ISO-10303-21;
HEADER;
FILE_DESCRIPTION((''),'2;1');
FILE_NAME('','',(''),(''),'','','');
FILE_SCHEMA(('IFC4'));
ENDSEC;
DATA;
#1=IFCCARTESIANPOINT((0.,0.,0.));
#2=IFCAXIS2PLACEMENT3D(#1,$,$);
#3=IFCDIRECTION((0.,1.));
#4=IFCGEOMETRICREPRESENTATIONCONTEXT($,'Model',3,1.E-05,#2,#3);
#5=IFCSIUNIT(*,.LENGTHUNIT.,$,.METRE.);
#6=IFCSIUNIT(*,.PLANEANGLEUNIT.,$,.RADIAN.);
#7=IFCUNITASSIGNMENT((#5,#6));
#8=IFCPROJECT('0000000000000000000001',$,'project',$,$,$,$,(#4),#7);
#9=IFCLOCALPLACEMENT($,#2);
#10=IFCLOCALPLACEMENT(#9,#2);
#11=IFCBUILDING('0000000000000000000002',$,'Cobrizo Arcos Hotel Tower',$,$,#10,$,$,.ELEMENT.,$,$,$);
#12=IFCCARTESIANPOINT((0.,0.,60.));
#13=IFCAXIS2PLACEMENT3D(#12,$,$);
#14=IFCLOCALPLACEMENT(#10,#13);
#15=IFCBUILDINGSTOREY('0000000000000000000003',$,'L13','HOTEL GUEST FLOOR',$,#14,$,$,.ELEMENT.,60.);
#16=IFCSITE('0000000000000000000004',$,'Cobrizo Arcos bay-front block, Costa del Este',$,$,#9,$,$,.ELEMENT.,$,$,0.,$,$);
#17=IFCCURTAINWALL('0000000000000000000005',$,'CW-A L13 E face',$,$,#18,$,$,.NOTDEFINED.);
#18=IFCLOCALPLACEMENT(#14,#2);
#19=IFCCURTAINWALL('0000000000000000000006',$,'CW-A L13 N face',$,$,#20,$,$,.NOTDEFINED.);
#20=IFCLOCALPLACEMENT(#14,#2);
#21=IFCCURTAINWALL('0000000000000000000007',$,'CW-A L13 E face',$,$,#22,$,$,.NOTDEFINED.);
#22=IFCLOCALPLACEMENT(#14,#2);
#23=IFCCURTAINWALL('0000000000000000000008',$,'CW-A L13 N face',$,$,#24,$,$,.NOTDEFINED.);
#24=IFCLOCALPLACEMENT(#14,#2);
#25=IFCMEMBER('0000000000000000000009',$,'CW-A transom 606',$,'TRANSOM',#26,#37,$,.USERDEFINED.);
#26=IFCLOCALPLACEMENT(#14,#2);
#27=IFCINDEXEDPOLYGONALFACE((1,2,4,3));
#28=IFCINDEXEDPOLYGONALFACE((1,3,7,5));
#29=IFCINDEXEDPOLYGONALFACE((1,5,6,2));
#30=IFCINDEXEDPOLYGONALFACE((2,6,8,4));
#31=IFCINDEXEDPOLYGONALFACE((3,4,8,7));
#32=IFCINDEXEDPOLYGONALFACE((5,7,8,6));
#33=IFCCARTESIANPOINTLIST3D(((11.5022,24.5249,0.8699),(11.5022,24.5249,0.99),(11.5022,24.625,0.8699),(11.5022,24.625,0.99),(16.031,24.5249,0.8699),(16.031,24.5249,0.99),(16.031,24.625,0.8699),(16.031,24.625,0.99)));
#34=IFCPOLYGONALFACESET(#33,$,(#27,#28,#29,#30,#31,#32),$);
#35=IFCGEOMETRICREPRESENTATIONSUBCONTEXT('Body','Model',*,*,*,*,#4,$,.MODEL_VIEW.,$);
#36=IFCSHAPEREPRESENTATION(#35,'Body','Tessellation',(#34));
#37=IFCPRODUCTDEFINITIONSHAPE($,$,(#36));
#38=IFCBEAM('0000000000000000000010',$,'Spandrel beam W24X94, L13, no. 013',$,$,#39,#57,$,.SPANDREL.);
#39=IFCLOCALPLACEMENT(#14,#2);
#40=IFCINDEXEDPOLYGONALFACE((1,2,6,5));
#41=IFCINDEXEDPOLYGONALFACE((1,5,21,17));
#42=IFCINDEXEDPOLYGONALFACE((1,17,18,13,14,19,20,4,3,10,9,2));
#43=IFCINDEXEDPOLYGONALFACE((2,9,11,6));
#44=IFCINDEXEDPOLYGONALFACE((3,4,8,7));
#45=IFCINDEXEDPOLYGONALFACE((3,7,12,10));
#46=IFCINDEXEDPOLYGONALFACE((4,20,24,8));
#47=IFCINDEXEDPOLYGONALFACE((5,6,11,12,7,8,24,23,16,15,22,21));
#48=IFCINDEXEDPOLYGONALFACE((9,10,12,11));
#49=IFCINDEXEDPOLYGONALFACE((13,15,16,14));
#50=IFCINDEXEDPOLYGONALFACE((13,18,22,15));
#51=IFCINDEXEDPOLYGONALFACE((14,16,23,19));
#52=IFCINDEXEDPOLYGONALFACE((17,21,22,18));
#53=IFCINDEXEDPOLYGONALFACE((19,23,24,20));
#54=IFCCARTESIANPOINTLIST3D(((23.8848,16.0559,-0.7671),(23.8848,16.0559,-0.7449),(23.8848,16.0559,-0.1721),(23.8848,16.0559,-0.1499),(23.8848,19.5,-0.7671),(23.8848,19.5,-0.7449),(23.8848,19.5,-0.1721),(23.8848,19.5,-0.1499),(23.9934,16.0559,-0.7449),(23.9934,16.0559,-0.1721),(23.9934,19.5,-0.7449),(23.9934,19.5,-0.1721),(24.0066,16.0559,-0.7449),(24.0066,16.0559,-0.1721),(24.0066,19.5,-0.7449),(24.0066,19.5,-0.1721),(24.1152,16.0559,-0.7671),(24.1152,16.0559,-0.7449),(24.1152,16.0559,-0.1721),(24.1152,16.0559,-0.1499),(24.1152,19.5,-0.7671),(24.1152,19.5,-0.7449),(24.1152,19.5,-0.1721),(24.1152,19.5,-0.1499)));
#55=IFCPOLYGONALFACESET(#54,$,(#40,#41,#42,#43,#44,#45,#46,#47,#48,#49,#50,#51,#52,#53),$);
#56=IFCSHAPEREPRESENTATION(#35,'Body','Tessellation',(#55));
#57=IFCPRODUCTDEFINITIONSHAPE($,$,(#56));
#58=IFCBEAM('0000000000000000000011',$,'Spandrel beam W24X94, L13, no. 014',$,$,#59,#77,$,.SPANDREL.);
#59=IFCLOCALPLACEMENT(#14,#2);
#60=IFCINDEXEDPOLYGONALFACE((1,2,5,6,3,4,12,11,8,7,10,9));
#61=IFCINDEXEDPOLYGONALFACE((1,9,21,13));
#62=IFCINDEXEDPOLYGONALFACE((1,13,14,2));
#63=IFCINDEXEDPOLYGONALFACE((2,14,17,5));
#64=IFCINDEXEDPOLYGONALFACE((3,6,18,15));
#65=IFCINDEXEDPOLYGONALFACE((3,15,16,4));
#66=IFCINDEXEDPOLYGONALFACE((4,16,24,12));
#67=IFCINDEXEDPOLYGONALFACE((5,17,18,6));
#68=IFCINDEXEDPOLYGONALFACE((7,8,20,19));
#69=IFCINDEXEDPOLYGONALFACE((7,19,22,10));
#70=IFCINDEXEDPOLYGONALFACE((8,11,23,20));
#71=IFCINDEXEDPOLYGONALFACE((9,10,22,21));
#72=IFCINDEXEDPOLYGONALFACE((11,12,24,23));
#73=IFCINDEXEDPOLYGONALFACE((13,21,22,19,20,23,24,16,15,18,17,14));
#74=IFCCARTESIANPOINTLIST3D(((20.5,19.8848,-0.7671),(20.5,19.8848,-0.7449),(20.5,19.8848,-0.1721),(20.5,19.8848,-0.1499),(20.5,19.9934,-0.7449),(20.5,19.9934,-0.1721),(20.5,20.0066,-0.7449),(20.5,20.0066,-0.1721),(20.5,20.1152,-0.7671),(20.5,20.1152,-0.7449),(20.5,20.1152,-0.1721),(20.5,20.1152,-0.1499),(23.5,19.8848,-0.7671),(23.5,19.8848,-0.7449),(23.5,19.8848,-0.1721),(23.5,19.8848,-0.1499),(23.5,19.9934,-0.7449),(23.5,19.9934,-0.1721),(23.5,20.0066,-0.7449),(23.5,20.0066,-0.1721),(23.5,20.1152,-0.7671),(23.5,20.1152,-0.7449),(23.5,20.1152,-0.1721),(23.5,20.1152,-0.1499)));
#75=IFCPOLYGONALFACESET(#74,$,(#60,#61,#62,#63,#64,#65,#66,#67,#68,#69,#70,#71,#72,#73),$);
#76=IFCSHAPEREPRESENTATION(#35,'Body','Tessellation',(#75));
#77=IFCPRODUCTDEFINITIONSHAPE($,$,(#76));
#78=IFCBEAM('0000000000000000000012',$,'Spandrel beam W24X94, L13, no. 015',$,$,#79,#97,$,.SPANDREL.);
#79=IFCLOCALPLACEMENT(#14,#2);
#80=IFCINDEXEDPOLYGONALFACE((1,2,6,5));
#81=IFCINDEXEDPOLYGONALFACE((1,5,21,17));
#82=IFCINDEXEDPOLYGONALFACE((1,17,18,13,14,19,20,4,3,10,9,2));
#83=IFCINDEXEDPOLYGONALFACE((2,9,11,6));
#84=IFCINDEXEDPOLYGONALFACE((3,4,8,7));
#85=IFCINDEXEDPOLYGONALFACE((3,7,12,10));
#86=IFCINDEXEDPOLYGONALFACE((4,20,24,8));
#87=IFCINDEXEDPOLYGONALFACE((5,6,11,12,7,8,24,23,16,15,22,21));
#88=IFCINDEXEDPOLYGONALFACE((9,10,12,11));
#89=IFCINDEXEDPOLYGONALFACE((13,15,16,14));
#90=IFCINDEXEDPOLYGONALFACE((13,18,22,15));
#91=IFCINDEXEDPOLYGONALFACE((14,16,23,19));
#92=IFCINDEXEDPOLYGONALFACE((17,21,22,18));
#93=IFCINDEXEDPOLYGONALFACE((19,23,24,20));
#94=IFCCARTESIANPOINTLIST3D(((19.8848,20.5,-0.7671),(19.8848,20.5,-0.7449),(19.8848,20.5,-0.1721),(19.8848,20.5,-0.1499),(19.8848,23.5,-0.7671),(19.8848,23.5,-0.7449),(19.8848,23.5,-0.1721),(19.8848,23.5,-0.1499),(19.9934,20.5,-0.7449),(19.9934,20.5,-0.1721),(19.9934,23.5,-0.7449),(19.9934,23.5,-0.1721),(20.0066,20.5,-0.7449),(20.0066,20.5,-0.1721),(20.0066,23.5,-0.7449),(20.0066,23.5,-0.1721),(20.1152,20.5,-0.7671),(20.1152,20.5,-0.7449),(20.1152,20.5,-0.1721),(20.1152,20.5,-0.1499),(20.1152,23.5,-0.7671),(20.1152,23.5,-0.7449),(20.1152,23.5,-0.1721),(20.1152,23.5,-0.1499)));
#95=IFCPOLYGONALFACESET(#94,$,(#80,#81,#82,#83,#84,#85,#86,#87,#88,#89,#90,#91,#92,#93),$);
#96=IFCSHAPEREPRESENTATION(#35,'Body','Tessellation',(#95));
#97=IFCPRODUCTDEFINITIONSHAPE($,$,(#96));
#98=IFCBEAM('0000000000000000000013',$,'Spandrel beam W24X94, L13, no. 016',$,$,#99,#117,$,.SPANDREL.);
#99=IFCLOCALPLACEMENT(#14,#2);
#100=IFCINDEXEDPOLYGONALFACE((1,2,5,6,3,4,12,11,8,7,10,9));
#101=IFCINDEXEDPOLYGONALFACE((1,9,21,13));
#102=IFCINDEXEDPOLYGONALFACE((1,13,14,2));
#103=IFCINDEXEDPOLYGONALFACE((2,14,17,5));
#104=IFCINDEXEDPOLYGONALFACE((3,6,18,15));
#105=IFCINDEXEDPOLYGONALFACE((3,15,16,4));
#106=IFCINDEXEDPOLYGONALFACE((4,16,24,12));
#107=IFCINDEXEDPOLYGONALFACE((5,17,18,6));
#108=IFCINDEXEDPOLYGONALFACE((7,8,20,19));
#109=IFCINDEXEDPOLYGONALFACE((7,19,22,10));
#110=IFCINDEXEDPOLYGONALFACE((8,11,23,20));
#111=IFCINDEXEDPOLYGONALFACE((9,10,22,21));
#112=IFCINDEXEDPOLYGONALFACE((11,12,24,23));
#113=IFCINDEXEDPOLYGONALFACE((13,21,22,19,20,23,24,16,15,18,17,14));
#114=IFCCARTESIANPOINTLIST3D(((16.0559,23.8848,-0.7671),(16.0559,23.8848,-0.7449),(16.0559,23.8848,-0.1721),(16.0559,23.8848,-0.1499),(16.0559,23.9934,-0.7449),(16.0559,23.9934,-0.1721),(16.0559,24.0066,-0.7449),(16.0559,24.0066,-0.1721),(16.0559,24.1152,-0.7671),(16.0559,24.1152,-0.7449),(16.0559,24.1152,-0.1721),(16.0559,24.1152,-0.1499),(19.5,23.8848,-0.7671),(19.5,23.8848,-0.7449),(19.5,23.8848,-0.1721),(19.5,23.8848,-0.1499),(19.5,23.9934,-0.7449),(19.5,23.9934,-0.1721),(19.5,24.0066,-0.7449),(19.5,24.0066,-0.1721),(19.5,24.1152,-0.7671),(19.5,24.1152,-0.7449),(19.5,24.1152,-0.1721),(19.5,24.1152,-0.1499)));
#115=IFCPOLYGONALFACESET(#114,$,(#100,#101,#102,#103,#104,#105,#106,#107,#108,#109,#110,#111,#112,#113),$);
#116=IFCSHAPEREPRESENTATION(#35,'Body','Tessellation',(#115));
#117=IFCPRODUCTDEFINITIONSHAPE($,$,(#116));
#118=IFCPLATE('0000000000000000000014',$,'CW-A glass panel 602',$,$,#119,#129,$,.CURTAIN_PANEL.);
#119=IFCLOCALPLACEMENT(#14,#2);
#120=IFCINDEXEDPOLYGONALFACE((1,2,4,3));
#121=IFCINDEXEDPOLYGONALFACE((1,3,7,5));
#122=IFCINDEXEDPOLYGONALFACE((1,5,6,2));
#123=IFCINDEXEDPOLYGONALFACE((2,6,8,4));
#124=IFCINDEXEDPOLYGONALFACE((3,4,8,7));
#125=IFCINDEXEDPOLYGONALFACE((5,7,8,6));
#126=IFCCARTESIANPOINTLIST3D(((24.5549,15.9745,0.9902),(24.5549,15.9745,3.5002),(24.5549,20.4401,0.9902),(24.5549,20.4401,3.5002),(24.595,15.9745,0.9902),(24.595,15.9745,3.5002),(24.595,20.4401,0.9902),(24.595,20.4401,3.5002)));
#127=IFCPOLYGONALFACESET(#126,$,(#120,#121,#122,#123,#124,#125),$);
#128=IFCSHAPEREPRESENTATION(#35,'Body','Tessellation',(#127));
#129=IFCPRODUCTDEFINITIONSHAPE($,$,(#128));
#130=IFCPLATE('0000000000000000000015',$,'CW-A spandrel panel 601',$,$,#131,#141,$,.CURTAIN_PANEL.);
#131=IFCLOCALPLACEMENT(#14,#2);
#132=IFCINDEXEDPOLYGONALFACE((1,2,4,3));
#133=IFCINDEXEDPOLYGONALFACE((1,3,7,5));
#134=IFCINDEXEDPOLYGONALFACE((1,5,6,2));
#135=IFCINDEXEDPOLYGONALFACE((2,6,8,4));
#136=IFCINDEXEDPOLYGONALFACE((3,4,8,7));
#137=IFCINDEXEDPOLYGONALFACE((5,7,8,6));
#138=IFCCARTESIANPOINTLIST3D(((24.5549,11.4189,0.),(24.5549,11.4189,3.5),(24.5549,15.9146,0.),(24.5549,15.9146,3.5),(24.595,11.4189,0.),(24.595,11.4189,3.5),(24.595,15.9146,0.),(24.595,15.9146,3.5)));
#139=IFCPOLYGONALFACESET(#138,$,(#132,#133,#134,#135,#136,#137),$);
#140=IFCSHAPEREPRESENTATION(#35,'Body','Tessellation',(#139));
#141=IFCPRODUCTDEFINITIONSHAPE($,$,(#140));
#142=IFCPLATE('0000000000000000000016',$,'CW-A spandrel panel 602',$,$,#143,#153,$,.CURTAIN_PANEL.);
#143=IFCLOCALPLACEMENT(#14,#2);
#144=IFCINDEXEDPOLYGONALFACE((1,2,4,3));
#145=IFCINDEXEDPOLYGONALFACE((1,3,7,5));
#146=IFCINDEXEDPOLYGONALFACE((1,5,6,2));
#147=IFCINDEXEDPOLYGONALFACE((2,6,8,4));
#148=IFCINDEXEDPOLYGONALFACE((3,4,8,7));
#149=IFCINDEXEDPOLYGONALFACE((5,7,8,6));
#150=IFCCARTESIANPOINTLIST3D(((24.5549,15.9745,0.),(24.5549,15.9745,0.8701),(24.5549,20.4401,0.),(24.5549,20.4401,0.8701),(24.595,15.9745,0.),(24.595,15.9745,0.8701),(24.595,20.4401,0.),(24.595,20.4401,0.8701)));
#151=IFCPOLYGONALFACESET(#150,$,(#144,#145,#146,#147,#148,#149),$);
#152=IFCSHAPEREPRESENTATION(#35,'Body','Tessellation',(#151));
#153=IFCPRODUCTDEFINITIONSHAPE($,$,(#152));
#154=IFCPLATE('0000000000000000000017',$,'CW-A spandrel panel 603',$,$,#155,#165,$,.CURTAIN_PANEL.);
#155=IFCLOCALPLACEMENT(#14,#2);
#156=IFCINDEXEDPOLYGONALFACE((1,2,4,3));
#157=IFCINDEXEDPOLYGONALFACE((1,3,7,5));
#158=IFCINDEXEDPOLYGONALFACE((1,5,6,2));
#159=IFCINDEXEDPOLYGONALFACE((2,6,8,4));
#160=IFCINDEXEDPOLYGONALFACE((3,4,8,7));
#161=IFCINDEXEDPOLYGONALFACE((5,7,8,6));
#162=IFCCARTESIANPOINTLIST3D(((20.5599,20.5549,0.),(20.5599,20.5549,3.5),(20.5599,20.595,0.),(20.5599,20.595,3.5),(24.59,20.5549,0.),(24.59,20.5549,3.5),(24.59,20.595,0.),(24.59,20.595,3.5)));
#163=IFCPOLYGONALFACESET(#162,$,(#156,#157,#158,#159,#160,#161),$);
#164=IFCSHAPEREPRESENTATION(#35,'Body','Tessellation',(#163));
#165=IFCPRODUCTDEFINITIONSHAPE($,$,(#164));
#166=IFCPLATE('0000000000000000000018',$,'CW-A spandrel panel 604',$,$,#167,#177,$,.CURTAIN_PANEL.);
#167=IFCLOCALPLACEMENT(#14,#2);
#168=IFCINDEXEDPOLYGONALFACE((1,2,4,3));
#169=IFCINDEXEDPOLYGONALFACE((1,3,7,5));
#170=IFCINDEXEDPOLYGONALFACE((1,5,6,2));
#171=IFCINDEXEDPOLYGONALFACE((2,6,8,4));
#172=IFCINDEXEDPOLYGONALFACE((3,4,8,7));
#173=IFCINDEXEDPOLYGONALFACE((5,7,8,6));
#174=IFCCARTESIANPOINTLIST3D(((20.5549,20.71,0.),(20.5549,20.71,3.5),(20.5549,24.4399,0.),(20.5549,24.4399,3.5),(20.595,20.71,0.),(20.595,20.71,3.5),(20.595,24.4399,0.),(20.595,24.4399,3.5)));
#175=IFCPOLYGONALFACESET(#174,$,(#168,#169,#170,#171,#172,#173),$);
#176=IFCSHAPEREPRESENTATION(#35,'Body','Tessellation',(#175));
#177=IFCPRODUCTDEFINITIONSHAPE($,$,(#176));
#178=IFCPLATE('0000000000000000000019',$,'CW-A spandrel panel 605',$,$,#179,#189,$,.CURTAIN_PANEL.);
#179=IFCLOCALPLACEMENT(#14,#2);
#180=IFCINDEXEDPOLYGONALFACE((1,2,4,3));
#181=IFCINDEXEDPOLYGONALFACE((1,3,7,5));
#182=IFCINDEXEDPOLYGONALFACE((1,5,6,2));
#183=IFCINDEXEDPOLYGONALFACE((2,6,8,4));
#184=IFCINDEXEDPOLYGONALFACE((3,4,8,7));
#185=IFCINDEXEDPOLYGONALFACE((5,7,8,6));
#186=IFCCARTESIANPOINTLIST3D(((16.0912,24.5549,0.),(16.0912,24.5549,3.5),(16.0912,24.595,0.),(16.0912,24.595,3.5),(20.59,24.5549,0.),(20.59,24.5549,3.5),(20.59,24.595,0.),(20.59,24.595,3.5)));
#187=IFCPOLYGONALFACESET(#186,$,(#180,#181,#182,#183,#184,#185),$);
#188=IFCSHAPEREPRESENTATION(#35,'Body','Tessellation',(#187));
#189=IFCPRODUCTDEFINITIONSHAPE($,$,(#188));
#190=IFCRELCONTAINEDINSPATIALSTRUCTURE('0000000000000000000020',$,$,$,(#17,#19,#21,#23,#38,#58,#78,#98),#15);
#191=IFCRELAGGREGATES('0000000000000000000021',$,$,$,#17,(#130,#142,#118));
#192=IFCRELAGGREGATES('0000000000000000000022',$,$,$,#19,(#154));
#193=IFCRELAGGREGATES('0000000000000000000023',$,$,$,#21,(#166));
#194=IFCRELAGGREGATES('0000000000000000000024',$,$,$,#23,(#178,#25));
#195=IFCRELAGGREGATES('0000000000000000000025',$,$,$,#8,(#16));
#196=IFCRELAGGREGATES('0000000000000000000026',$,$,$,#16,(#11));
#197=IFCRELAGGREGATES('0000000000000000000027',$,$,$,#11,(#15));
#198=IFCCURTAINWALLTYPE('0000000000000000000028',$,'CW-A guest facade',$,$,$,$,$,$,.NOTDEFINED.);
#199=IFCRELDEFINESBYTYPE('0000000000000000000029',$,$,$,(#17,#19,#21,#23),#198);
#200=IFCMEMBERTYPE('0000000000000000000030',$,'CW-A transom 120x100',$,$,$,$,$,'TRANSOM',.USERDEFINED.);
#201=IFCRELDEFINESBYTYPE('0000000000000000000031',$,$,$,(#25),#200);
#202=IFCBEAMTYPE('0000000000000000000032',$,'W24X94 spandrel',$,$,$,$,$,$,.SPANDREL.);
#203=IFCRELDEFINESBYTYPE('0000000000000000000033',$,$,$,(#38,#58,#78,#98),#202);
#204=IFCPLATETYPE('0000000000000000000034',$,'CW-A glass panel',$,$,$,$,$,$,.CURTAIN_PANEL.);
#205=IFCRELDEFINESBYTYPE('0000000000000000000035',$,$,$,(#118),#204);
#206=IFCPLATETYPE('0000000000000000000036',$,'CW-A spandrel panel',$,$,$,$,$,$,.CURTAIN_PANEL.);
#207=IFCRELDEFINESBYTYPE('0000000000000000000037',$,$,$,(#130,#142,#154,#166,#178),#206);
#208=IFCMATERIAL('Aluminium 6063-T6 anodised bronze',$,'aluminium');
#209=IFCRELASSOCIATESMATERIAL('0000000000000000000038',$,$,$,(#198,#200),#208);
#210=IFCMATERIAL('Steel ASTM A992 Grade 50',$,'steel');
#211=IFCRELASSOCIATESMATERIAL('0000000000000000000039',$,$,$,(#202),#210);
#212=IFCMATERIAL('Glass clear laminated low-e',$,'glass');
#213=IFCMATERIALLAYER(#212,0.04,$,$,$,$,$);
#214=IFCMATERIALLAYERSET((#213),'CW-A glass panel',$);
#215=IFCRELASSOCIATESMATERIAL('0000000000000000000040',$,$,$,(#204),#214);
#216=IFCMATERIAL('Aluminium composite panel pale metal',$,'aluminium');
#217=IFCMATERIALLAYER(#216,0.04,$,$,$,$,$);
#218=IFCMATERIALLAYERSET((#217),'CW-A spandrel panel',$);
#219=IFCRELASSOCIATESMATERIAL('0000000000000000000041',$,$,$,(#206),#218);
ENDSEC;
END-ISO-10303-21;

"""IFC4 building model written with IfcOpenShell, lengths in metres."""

from ifc_helpers import new_model, si_unit, direction, frame, origin, origin_2d, place, context, subcontext, project, spatial, rectangle, i_section, extrude, material, layer, layer_set, material_profile, profile_set, type_object, element, aggregate, save


model = new_model("IFC4")

# Units and contexts
model_context = context("Model", 3, precision=1e-05, world=origin(), true_north=direction((0.0, 1.0)))
body_context = subcontext(model_context, "Body", "Model", "MODEL_VIEW")
ifc_project = project(units=[si_unit("LENGTHUNIT", "METRE"), si_unit("PLANEANGLEUNIT", "RADIAN")], contexts=[model_context])

# Site, building, storey
site_placement = place(None, origin())
site = spatial("IfcSite", under=ifc_project, at=site_placement, Name="Cobrizo Arcos bay-front block, Costa del Este", CompositionType="ELEMENT", RefElevation=0.0)
building_placement = place(site_placement, origin())
building = spatial("IfcBuilding", under=site, at=building_placement, Name="Cobrizo Arcos Hotel Tower", CompositionType="ELEMENT")
storey_placement = place(building_placement, frame((0.0, 0.0, 60.0)))
storey = spatial("IfcBuildingStorey", under=building, at=storey_placement, Name="L13", Description="HOTEL GUEST FLOOR", CompositionType="ELEMENT", Elevation=60.0)

# Curtain walls
ifc_material_1 = material(Name="Aluminium 6063-T6 anodised bronze", Category="aluminium")
curtain_wall_type = type_object("IfcCurtainWallType", Name="CW-A guest facade", PredefinedType="NOTDEFINED", material=ifc_material_1)
curtain_wall_1_placement = place(storey_placement, origin())
curtain_wall_1 = element("IfcCurtainWall", 1, at=curtain_wall_1_placement, inside=storey, type_object=curtain_wall_type, Name="CW-A L13 E face", PredefinedType="NOTDEFINED")
curtain_wall_2_placement = place(storey_placement, origin())
curtain_wall_2 = element("IfcCurtainWall", 2, at=curtain_wall_2_placement, inside=storey, type_object=curtain_wall_type, Name="CW-A L13 N face", PredefinedType="NOTDEFINED")
curtain_wall_3_placement = place(storey_placement, origin())
curtain_wall_3 = element("IfcCurtainWall", 3, at=curtain_wall_3_placement, inside=storey, type_object=curtain_wall_type, Name="CW-A L13 E face", PredefinedType="NOTDEFINED")
curtain_wall_4_placement = place(storey_placement, origin())
curtain_wall_4 = element("IfcCurtainWall", 4, at=curtain_wall_4_placement, inside=storey, type_object=curtain_wall_type, Name="CW-A L13 N face", PredefinedType="NOTDEFINED")

# Member
ifc_material_profile_1 = material_profile(ifc_material_1, rectangle(XDim=0.1001, YDim=0.1201, at=origin_2d()), Name="CW-A transom 120x100")
ifc_profile_set_1 = profile_set([ifc_material_profile_1], Name="Aluminium 6063-T6 anodised bronze")
member_type_1 = type_object("IfcMemberType", Name="CW-A transom 120x100", ElementType="TRANSOM", PredefinedType="USERDEFINED", material=ifc_profile_set_1)
member_1_placement = place(storey_placement, frame((16.031, 24.575, 0.9299), z_axis=(-1.0, 0.0, 0.0), x_axis=(0.0, -1.0, 0.0)))
member_1 = element("IfcMember", 5, at=member_1_placement, type_object=member_type_1, Name="CW-A transom 606", ObjectType="TRANSOM", PredefinedType="USERDEFINED", context=body_context, shape_type="SweptSolid", body=[
    extrude(rectangle(XDim=0.1001, YDim=0.1201, at=origin_2d()), origin(), (0.0, 0.0, 1.0), 4.5288),
])

# Beams
ifc_material_2 = material(Name="Steel ASTM A992 Grade 50", Category="steel")
ifc_material_profile_2 = material_profile(ifc_material_2, i_section(OverallWidth=0.2305, OverallDepth=0.6172, WebThickness=0.0132, FlangeThickness=0.0222, at=origin_2d()), Name="W24X94")
ifc_profile_set_2 = profile_set([ifc_material_profile_2], Name="Steel ASTM A992 Grade 50")
beam_type = type_object("IfcBeamType", Name="W24X94 spandrel", PredefinedType="SPANDREL", material=ifc_profile_set_2)
beam_1_placement = place(storey_placement, frame((24.0, 16.0559, -0.4585), z_axis=(0.0, 1.0, 0.0), x_axis=(-1.0, 0.0, 0.0)))
element("IfcBeam", 6, at=beam_1_placement, inside=storey, type_object=beam_type, Name="Spandrel beam W24X94, L13, no. 013", PredefinedType="SPANDREL", context=body_context, shape_type="SweptSolid", body=[
    extrude(i_section(OverallWidth=0.2305, OverallDepth=0.6172, WebThickness=0.0132, FlangeThickness=0.0222, at=origin_2d()), origin(), (0.0, 0.0, 1.0), 3.4441),
])
for number, where, z_axis, x_axis, name in (
    (7, (23.5, 20.0, -0.4585), (-1.0, 0.0, 0.0), (0.0, -1.0, 0.0), "Spandrel beam W24X94, L13, no. 014"),
    (8, (20.0, 20.5, -0.4585), (0.0, 1.0, 0.0), (-1.0, 0.0, 0.0), "Spandrel beam W24X94, L13, no. 015"),
):
    element("IfcBeam", number, at=place(storey_placement, frame(where, z_axis=z_axis, x_axis=x_axis)), inside=storey, type_object=beam_type, Name=name, PredefinedType="SPANDREL", context=body_context, shape_type="SweptSolid", body=[
        extrude(i_section(OverallWidth=0.2305, OverallDepth=0.6172, WebThickness=0.0132, FlangeThickness=0.0222, at=origin_2d()), origin(), (0.0, 0.0, 1.0), 3.0),
    ])
beam_2_placement = place(storey_placement, frame((19.5, 24.0, -0.4585), z_axis=(-1.0, 0.0, 0.0), x_axis=(0.0, -1.0, 0.0)))
element("IfcBeam", 9, at=beam_2_placement, inside=storey, type_object=beam_type, Name="Spandrel beam W24X94, L13, no. 016", PredefinedType="SPANDREL", context=body_context, shape_type="SweptSolid", body=[
    extrude(i_section(OverallWidth=0.2305, OverallDepth=0.6172, WebThickness=0.0132, FlangeThickness=0.0222, at=origin_2d()), origin(), (0.0, 0.0, 1.0), 3.4441),
])

# Plates
ifc_material_3 = material(Name="Glass clear laminated low-e", Category="glass")
ifc_layer_1 = layer(ifc_material_3, 0.04)
ifc_layer_set_1 = layer_set([ifc_layer_1], Name="CW-A glass panel")
plate_type_1 = type_object("IfcPlateType", Name="CW-A glass panel", PredefinedType="CURTAIN_PANEL", material=ifc_layer_set_1)
plate_1_placement = place(storey_placement, frame((24.575, 18.2073, 0.9902), z_axis=(0.0, 0.0, 1.0), x_axis=(0.0, 1.0, 0.0)))
plate_1 = element("IfcPlate", 10, at=plate_1_placement, type_object=plate_type_1, Name="CW-A glass panel 602", PredefinedType="CURTAIN_PANEL", context=body_context, shape_type="SweptSolid", body=[
    extrude(rectangle(XDim=4.4656, YDim=0.04, at=origin_2d()), origin(), (0.0, 0.0, 1.0), 2.51),
])
ifc_material_4 = material(Name="Aluminium composite panel pale metal", Category="aluminium")
ifc_layer_2 = layer(ifc_material_4, 0.04)
ifc_layer_set_2 = layer_set([ifc_layer_2], Name="CW-A spandrel panel")
plate_type_2 = type_object("IfcPlateType", Name="CW-A spandrel panel", PredefinedType="CURTAIN_PANEL", material=ifc_layer_set_2)
plate_2_placement = place(storey_placement, frame((24.575, 13.6667, 0.0), z_axis=(0.0, 0.0, 1.0), x_axis=(0.0, 1.0, 0.0)))
plate_2 = element("IfcPlate", 11, at=plate_2_placement, type_object=plate_type_2, Name="CW-A spandrel panel 601", PredefinedType="CURTAIN_PANEL", context=body_context, shape_type="SweptSolid", body=[
    extrude(rectangle(XDim=4.4956, YDim=0.04, at=origin_2d()), origin(), (0.0, 0.0, 1.0), 3.5),
])
plate_3_placement = place(storey_placement, frame((24.575, 18.2073, 0.0), z_axis=(0.0, 0.0, 1.0), x_axis=(0.0, 1.0, 0.0)))
plate_3 = element("IfcPlate", 12, at=plate_3_placement, type_object=plate_type_2, Name="CW-A spandrel panel 602", PredefinedType="CURTAIN_PANEL", context=body_context, shape_type="SweptSolid", body=[
    extrude(rectangle(XDim=4.4656, YDim=0.04, at=origin_2d()), origin(), (0.0, 0.0, 1.0), 0.8701),
])
aggregate(curtain_wall_1, [plate_2, plate_3, plate_1])
plate_4_placement = place(storey_placement, frame((22.575, 20.575, 0.0), z_axis=(0.0, 0.0, 1.0), x_axis=(-1.0, 0.0, 0.0)))
plate_4 = element("IfcPlate", 13, at=plate_4_placement, type_object=plate_type_2, Name="CW-A spandrel panel 603", PredefinedType="CURTAIN_PANEL", context=body_context, shape_type="SweptSolid", body=[
    extrude(rectangle(XDim=4.03, YDim=0.04, at=origin_2d()), origin(), (0.0, 0.0, 1.0), 3.5),
])
aggregate(curtain_wall_2, [plate_4])
plate_5_placement = place(storey_placement, frame((20.575, 22.575, 0.0), z_axis=(0.0, 0.0, 1.0), x_axis=(0.0, 1.0, 0.0)))
plate_5 = element("IfcPlate", 14, at=plate_5_placement, type_object=plate_type_2, Name="CW-A spandrel panel 604", PredefinedType="CURTAIN_PANEL", context=body_context, shape_type="SweptSolid", body=[
    extrude(rectangle(XDim=3.73, YDim=0.04, at=origin_2d()), origin(), (0.0, 0.0, 1.0), 3.5),
])
aggregate(curtain_wall_3, [plate_5])
plate_6_placement = place(storey_placement, frame((18.3406, 24.575, 0.0), z_axis=(0.0, 0.0, 1.0), x_axis=(-1.0, 0.0, 0.0)))
plate_6 = element("IfcPlate", 15, at=plate_6_placement, type_object=plate_type_2, Name="CW-A spandrel panel 605", PredefinedType="CURTAIN_PANEL", context=body_context, shape_type="SweptSolid", body=[
    extrude(rectangle(XDim=4.4988, YDim=0.04, at=origin_2d()), origin(), (0.0, 0.0, 1.0), 3.5),
])
aggregate(curtain_wall_4, [plate_6, member_1])

save(model, "model.ifc")
